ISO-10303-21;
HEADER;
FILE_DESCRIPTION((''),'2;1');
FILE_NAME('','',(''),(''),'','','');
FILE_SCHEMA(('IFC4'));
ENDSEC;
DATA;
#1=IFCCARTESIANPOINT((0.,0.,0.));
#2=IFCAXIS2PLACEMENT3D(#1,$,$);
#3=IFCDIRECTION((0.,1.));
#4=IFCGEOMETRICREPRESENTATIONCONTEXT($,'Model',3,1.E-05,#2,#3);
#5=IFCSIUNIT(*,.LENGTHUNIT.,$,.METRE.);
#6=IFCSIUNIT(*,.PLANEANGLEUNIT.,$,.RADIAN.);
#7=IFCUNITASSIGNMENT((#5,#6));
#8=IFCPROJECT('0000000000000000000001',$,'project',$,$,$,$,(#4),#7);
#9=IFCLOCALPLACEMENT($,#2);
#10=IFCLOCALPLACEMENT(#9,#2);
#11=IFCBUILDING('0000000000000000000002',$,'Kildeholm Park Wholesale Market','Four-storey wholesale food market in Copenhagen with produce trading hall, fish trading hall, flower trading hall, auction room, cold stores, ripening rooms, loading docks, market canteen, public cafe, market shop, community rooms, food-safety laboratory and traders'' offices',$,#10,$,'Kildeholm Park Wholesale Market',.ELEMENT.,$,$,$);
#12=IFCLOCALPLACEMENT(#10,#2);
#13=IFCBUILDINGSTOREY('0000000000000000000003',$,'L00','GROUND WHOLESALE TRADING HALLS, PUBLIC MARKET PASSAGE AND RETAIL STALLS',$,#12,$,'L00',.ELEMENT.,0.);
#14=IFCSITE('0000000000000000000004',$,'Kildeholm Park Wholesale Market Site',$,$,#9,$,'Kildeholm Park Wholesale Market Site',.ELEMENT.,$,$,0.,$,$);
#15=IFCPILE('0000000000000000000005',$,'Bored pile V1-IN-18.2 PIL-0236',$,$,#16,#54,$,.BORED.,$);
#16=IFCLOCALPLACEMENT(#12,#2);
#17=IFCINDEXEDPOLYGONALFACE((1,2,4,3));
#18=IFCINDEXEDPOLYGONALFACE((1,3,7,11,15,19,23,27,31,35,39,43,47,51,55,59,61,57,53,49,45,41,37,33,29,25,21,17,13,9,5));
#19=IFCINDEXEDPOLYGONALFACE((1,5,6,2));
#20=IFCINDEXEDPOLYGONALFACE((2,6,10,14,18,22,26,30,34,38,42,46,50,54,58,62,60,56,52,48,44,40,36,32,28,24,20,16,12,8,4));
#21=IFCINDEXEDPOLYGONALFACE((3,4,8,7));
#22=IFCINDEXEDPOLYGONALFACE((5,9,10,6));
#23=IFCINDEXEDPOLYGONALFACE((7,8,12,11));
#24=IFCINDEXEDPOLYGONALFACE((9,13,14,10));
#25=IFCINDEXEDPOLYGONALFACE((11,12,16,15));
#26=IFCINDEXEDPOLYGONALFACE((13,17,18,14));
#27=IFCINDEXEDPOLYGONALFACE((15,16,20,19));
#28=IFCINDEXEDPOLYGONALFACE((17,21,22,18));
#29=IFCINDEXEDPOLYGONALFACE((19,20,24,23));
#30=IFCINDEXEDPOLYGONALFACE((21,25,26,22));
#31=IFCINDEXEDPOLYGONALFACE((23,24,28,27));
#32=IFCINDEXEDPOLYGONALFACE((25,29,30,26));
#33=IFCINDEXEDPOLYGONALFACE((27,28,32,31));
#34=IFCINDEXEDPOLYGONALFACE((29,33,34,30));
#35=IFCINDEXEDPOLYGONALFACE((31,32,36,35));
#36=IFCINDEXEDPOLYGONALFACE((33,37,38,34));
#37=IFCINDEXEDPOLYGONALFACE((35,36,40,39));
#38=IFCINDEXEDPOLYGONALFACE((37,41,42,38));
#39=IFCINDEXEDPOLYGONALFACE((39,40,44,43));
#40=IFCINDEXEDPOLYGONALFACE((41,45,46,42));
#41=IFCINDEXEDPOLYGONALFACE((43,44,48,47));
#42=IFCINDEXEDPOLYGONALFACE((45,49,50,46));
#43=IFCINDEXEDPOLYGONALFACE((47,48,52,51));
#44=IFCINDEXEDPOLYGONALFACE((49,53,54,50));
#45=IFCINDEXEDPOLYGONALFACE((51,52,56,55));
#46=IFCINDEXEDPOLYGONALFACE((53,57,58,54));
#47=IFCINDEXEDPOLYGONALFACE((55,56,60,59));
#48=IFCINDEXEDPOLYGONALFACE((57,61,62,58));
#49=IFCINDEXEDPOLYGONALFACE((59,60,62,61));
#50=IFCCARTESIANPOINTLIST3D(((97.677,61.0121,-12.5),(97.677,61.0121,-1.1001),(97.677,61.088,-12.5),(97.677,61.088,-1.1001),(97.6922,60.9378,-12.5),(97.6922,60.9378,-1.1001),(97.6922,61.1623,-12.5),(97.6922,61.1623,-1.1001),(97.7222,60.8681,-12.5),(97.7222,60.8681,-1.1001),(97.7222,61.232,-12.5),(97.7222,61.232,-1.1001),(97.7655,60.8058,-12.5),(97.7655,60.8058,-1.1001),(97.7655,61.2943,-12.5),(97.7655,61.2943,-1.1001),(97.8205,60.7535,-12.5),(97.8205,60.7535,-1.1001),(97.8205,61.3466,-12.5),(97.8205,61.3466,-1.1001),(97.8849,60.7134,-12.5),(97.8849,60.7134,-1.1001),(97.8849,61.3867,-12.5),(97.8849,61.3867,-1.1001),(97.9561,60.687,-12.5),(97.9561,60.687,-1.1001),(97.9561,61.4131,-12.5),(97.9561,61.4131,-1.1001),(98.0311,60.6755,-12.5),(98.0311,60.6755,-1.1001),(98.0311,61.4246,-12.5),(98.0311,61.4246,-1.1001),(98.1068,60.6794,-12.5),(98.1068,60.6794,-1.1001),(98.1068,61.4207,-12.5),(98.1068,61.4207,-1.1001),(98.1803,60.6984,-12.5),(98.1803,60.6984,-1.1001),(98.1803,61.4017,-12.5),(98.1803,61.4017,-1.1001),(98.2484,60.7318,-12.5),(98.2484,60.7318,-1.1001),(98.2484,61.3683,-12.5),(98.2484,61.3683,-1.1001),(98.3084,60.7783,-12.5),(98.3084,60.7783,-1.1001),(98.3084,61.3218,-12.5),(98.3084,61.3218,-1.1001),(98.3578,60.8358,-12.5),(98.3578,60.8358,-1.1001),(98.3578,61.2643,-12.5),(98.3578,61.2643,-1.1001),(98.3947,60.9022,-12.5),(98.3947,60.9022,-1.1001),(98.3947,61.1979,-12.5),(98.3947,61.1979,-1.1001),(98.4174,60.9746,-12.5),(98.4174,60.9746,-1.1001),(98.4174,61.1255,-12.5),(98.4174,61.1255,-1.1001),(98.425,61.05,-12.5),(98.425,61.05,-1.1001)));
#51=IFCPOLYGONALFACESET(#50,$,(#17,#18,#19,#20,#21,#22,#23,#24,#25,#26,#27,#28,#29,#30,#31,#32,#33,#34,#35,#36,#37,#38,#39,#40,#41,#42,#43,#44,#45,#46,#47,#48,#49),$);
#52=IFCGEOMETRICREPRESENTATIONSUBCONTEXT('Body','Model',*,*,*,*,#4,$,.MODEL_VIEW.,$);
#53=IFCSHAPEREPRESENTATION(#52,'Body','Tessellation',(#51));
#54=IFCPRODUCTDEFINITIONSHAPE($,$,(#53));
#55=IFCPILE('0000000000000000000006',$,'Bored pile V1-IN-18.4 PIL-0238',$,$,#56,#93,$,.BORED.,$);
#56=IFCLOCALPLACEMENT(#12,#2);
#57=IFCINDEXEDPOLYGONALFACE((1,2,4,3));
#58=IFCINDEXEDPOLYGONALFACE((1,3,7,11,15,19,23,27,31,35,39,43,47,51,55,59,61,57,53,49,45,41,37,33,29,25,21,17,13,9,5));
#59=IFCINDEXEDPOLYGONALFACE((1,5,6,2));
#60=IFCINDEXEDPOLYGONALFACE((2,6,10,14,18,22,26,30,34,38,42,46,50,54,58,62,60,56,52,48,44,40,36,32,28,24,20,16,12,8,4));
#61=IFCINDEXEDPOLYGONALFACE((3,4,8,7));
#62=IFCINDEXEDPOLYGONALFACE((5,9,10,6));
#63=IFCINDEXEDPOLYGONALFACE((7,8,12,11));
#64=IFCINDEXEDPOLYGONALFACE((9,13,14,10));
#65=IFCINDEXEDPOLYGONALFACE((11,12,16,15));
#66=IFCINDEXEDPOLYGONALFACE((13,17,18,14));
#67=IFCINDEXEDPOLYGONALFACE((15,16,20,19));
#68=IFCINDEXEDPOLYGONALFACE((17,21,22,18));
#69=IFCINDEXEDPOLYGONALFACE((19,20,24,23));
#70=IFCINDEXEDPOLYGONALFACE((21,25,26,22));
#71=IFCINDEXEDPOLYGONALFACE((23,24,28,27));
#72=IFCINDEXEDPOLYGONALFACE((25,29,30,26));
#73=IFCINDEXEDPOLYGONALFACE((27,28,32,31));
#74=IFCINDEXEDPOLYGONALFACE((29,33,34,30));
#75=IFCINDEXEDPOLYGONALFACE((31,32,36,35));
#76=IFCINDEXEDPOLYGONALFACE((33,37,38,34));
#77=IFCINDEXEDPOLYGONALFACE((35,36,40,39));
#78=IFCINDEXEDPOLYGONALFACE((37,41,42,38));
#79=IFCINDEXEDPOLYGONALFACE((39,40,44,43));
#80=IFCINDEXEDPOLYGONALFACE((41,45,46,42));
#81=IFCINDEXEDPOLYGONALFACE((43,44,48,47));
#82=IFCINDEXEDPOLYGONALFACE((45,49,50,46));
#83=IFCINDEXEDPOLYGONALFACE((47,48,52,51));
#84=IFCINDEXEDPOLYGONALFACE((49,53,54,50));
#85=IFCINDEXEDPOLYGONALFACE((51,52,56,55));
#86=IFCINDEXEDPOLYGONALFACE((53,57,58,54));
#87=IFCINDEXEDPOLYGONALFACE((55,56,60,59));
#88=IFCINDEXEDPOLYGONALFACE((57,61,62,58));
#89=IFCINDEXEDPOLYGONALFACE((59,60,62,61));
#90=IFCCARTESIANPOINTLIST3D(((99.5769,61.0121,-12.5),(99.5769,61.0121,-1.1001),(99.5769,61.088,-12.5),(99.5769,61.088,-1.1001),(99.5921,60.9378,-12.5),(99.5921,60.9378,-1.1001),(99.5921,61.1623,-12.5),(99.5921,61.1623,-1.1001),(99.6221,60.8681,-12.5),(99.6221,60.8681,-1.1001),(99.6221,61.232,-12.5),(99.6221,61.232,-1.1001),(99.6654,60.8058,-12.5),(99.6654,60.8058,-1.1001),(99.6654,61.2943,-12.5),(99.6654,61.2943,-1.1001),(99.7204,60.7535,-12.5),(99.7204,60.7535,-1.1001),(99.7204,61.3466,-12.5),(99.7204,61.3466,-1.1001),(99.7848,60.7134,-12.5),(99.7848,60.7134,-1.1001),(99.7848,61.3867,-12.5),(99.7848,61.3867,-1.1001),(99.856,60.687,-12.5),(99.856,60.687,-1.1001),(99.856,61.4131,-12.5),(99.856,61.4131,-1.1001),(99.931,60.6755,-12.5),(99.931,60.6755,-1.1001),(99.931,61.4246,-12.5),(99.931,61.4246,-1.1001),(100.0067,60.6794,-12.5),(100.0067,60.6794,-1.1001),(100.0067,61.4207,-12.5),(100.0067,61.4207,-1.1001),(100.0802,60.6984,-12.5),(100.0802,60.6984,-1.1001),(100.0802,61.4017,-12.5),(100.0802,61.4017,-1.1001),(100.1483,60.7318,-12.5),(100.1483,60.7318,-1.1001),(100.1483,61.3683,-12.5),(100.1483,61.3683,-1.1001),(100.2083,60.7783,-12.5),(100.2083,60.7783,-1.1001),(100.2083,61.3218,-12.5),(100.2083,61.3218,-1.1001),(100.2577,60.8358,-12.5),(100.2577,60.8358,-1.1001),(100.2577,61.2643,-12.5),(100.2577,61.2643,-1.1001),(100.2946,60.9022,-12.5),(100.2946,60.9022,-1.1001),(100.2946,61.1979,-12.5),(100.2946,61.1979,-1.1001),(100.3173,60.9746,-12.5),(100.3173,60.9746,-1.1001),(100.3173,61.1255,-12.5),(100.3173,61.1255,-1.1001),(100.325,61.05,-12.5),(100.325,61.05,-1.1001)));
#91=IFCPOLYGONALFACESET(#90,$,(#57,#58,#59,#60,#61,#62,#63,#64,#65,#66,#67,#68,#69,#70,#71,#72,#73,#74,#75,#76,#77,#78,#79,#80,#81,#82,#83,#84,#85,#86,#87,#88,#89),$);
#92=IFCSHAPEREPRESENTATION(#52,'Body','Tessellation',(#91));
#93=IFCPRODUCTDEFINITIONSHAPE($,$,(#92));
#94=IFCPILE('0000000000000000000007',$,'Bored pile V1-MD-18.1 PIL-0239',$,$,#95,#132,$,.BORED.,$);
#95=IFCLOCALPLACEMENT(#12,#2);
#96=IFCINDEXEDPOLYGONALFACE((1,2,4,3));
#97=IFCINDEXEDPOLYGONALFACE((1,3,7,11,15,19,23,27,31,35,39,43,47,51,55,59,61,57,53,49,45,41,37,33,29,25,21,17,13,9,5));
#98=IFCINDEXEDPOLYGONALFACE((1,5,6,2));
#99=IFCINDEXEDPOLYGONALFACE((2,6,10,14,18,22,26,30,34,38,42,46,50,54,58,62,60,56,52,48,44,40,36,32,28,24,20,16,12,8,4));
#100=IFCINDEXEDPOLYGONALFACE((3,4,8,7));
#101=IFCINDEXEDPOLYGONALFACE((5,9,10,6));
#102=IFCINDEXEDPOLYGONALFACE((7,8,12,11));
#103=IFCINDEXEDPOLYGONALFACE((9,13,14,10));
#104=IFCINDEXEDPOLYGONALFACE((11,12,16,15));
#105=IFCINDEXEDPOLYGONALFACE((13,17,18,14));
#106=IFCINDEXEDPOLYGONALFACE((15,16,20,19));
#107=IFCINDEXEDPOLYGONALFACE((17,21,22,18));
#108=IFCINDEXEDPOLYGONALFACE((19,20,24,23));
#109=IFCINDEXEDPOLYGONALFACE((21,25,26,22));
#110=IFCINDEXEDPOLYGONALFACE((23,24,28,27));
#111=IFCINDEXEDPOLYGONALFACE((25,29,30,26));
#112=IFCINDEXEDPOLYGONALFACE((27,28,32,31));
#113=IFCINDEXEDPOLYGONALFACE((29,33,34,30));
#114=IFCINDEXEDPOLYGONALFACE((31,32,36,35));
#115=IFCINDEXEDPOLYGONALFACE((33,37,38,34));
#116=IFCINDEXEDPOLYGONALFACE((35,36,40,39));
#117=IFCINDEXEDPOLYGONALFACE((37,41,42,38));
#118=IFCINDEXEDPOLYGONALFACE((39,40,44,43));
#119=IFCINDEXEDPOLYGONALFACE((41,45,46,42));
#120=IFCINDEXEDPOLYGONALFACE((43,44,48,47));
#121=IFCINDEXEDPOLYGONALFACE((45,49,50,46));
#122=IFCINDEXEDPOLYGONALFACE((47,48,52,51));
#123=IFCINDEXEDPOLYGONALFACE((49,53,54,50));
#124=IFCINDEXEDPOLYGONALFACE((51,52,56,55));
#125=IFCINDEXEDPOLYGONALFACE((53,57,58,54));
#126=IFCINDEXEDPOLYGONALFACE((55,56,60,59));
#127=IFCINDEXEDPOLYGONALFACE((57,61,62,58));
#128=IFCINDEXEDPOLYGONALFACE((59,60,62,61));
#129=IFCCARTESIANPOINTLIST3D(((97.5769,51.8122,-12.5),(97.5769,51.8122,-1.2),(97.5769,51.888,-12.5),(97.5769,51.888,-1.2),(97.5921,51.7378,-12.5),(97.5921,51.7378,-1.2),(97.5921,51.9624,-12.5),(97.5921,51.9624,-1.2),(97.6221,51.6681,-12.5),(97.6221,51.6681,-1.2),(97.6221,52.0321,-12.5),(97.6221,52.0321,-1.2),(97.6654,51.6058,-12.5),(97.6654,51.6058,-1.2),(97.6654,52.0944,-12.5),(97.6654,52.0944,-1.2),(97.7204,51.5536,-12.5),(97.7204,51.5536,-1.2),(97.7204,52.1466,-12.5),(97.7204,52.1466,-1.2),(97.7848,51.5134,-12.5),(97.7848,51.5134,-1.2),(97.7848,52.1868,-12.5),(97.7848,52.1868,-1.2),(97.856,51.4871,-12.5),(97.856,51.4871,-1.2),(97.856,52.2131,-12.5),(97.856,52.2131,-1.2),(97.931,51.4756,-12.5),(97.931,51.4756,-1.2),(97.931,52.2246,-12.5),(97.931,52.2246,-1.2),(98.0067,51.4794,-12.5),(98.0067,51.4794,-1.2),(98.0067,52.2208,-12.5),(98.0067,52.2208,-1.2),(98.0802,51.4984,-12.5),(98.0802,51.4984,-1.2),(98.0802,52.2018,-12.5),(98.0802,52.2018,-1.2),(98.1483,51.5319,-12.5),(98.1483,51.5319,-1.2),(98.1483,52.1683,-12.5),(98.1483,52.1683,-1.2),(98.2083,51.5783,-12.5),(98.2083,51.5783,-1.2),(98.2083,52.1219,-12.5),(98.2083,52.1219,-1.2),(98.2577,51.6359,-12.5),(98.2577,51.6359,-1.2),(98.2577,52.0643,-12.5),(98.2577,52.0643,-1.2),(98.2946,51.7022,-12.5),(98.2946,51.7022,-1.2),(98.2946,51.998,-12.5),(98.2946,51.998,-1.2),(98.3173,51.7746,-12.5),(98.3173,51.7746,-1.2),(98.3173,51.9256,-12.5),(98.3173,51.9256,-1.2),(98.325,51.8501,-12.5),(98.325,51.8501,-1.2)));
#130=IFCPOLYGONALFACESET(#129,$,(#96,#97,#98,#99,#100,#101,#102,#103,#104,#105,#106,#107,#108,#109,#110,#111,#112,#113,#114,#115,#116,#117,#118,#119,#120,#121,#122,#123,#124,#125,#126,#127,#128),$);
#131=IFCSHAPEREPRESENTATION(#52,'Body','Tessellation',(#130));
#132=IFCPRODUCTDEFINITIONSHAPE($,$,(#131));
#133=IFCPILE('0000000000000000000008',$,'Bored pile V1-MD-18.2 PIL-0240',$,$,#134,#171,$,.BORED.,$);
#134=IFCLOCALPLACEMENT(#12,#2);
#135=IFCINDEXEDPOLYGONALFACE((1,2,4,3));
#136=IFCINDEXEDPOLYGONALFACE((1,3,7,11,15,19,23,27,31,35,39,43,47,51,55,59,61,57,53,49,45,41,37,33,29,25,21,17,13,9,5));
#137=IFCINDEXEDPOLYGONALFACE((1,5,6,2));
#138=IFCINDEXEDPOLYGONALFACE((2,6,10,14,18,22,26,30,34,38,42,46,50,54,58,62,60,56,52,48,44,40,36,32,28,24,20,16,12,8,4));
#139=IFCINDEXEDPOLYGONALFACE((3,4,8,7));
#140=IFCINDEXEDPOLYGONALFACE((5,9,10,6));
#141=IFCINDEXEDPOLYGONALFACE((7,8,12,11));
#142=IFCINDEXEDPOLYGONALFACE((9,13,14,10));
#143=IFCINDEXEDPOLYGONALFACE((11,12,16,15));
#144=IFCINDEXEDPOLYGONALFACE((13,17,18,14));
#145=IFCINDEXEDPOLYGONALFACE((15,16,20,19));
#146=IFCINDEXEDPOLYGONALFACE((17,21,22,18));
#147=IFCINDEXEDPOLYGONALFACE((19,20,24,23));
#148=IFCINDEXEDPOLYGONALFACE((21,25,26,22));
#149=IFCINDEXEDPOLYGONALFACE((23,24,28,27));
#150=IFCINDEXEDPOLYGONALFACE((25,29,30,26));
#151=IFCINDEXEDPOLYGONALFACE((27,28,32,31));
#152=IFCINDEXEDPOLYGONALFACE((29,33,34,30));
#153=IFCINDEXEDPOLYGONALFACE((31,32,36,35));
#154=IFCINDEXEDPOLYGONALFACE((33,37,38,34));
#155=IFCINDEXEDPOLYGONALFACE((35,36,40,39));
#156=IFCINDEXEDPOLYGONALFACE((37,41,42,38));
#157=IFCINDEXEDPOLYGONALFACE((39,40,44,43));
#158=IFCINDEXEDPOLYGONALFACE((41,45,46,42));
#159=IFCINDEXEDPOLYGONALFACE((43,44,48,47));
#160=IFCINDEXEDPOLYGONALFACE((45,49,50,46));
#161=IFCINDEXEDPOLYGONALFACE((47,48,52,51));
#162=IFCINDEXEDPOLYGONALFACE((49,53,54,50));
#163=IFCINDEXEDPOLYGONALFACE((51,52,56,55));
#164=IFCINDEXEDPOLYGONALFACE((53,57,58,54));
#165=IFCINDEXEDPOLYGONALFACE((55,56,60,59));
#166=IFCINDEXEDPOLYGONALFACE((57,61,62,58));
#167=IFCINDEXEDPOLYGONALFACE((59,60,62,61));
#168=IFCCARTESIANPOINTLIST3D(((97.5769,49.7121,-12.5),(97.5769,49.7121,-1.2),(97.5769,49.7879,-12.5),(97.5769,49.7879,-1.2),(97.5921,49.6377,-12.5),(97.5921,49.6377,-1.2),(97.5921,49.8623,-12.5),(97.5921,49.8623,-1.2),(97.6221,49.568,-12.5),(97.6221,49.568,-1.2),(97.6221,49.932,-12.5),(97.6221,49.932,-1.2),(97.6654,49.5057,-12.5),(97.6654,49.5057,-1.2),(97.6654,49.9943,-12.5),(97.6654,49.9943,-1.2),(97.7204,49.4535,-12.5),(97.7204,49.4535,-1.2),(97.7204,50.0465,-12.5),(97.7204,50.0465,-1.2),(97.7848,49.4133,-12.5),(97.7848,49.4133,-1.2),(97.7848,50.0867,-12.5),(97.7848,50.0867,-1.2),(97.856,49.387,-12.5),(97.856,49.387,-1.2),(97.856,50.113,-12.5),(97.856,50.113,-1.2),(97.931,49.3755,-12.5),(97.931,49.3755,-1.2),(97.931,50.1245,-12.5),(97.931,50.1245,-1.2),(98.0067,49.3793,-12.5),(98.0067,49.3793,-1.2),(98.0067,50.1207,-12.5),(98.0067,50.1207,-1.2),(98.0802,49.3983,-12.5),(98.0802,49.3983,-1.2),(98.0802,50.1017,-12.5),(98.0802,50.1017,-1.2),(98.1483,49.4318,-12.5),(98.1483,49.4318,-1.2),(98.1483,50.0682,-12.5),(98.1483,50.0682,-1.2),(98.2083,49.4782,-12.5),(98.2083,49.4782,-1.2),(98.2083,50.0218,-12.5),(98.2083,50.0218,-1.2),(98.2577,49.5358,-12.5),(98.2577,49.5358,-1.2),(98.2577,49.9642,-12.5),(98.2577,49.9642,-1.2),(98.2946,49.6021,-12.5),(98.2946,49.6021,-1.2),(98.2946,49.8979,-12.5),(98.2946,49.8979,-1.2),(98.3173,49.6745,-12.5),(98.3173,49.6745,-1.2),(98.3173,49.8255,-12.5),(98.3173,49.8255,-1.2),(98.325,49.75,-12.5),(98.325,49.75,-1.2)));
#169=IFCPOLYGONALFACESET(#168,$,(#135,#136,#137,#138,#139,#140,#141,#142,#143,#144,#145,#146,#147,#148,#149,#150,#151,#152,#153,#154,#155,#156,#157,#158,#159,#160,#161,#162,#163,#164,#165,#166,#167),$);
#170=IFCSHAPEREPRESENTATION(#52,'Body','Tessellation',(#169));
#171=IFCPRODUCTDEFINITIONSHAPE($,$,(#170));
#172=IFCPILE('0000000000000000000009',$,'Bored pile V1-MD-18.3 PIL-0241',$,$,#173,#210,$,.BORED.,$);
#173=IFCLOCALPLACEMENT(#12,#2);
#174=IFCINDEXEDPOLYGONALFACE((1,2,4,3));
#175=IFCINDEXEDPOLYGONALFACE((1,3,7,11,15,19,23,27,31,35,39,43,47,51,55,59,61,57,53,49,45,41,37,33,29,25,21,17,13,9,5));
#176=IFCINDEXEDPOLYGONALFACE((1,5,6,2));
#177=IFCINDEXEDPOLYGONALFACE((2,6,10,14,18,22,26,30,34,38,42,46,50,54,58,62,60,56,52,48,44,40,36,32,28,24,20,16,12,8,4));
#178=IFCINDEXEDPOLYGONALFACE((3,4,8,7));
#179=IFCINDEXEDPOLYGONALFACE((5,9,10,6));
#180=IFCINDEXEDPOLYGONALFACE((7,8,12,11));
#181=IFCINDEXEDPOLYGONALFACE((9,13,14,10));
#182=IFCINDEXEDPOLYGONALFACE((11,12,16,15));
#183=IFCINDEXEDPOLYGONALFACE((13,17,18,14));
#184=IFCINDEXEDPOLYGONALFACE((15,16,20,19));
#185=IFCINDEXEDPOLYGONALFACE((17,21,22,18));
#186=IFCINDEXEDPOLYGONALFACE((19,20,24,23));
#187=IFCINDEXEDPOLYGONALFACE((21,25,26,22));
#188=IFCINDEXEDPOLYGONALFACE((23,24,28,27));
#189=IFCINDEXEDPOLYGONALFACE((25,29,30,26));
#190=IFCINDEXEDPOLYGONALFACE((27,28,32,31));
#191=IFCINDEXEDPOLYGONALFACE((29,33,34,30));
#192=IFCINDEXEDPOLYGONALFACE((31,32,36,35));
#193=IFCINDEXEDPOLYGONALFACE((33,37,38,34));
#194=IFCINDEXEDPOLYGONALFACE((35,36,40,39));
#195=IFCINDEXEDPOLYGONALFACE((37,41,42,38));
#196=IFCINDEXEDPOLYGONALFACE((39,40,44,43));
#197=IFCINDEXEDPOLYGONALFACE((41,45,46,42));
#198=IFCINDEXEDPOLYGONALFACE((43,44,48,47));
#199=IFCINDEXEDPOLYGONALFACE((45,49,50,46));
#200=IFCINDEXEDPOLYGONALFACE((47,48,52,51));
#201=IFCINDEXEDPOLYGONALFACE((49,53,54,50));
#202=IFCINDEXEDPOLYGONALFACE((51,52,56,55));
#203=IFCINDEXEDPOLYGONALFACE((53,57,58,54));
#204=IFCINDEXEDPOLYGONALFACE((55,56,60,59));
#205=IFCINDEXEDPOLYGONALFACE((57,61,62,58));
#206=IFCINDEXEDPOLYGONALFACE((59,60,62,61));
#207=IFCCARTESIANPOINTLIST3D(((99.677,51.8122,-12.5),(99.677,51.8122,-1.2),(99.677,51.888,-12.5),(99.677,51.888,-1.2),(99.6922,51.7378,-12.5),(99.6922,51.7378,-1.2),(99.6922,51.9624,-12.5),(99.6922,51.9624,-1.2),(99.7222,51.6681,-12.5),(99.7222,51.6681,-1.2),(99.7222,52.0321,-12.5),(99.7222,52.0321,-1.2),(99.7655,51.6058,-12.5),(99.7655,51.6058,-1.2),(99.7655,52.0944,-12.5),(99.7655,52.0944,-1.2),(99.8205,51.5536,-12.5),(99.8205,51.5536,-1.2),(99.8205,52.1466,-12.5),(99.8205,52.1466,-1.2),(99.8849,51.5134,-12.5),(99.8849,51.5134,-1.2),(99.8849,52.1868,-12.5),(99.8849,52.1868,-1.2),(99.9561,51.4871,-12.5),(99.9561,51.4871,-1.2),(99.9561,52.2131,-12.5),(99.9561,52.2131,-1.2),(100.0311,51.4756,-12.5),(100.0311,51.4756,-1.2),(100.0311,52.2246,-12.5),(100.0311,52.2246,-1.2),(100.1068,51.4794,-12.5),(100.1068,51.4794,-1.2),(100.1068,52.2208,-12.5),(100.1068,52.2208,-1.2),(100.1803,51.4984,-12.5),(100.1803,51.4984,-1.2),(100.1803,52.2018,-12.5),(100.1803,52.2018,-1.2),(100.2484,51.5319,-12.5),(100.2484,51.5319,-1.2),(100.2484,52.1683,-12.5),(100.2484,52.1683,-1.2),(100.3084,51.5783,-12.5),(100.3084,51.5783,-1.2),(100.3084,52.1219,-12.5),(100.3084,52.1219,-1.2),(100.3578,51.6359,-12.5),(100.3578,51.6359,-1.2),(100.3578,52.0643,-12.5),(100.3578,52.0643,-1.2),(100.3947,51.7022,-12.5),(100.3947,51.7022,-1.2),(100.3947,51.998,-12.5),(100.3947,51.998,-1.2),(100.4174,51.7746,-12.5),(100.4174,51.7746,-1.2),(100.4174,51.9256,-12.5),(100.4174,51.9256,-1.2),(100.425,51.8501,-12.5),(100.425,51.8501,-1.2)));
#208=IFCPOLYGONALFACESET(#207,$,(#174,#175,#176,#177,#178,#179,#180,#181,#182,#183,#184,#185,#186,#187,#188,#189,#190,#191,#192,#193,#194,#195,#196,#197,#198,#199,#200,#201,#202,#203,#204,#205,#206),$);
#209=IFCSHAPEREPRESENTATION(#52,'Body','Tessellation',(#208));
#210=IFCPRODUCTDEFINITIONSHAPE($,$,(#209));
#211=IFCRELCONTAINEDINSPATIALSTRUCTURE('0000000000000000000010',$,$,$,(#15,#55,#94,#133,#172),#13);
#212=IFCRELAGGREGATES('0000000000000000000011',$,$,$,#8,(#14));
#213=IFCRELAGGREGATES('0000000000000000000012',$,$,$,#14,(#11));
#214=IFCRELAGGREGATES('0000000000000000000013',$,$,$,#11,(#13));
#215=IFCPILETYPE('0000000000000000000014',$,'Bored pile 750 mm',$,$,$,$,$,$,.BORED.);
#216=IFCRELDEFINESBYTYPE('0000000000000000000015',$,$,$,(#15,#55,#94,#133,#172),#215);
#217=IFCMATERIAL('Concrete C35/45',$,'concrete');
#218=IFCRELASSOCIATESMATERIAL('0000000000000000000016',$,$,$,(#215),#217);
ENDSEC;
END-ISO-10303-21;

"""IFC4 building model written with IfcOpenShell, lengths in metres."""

from ifc_helpers import new_model, si_unit, direction, frame, origin, origin_2d, place, context, subcontext, project, spatial, circle, extrude, material, material_profile, profile_set, type_object, element, save


model = new_model("IFC4")

# Units and contexts
model_context = context("Model", 3, precision=1e-05, world=origin(), true_north=direction((0.0, 1.0)))
body_context = subcontext(model_context, "Body", "Model", "MODEL_VIEW")
ifc_project = project(units=[si_unit("LENGTHUNIT", "METRE"), si_unit("PLANEANGLEUNIT", "RADIAN")], contexts=[model_context])

# Site, building, storey
site_placement = place(None, origin())
site = spatial("IfcSite", under=ifc_project, at=site_placement, Name="Kildeholm Park Wholesale Market Site", LongName="Kildeholm Park Wholesale Market Site", CompositionType="ELEMENT", RefElevation=0.0)
building_placement = place(site_placement, origin())
building = spatial("IfcBuilding", under=site, at=building_placement, Name="Kildeholm Park Wholesale Market", Description="Four-storey wholesale food market in Copenhagen with produce trading hall, fish trading hall, flower trading hall, auction room, cold stores, ripening rooms, loading docks, market canteen, public cafe, market shop, community rooms, food-safety laboratory and traders' offices", LongName="Kildeholm Park Wholesale Market", CompositionType="ELEMENT")
storey_placement = place(building_placement, origin())
storey = spatial("IfcBuildingStorey", under=building, at=storey_placement, Name="L00", Description="GROUND WHOLESALE TRADING HALLS, PUBLIC MARKET PASSAGE AND RETAIL STALLS", LongName="L00", CompositionType="ELEMENT", Elevation=0.0)

# Piles
ifc_material_1 = material(Name="Concrete C35/45", Category="concrete")
ifc_material_profile_1 = material_profile(ifc_material_1, circle(Radius=0.375, at=origin_2d()), Name="PILE D750")
ifc_profile_set_1 = profile_set([ifc_material_profile_1], Name="Concrete C35/45")
pile_type_1 = type_object("IfcPileType", Name="Bored pile 750 mm", PredefinedType="BORED", material=ifc_profile_set_1)
for number, where, z_axis, x_axis, name in (
    (1, (98.05, 61.05, -1.1001), (0.0, 0.0, -1.0), (1.0, 0.0, 0.0), "Bored pile V1-IN-18.2 PIL-0236"),
    (2, (99.95, 61.05, -1.1001), (0.0, 0.0, -1.0), (1.0, 0.0, 0.0), "Bored pile V1-IN-18.4 PIL-0238"),
):
    element("IfcPile", number, at=place(storey_placement, frame(where, z_axis=z_axis, x_axis=x_axis)), inside=storey, type_object=pile_type_1, Name=name, PredefinedType="BORED", context=body_context, shape_type="SweptSolid", body=[
        extrude(circle(Radius=0.375, at=origin_2d()), origin(), (0.0, 0.0, 1.0), 11.3999),
    ])
for number, where, z_axis, x_axis, name in (
    (3, (97.95, 51.8501, -1.2), (0.0, 0.0, -1.0), (1.0, 0.0, 0.0), "Bored pile V1-MD-18.1 PIL-0239"),
    (4, (97.95, 49.75, -1.2), (0.0, 0.0, -1.0), (1.0, 0.0, 0.0), "Bored pile V1-MD-18.2 PIL-0240"),
    (5, (100.05, 51.8501, -1.2), (0.0, 0.0, -1.0), (1.0, 0.0, 0.0), "Bored pile V1-MD-18.3 PIL-0241"),
):
    element("IfcPile", number, at=place(storey_placement, frame(where, z_axis=z_axis, x_axis=x_axis)), inside=storey, type_object=pile_type_1, Name=name, PredefinedType="BORED", context=body_context, shape_type="SweptSolid", body=[
        extrude(circle(Radius=0.375, at=origin_2d()), origin(), (0.0, 0.0, 1.0), 11.3),
    ])

save(model, "model.ifc")
